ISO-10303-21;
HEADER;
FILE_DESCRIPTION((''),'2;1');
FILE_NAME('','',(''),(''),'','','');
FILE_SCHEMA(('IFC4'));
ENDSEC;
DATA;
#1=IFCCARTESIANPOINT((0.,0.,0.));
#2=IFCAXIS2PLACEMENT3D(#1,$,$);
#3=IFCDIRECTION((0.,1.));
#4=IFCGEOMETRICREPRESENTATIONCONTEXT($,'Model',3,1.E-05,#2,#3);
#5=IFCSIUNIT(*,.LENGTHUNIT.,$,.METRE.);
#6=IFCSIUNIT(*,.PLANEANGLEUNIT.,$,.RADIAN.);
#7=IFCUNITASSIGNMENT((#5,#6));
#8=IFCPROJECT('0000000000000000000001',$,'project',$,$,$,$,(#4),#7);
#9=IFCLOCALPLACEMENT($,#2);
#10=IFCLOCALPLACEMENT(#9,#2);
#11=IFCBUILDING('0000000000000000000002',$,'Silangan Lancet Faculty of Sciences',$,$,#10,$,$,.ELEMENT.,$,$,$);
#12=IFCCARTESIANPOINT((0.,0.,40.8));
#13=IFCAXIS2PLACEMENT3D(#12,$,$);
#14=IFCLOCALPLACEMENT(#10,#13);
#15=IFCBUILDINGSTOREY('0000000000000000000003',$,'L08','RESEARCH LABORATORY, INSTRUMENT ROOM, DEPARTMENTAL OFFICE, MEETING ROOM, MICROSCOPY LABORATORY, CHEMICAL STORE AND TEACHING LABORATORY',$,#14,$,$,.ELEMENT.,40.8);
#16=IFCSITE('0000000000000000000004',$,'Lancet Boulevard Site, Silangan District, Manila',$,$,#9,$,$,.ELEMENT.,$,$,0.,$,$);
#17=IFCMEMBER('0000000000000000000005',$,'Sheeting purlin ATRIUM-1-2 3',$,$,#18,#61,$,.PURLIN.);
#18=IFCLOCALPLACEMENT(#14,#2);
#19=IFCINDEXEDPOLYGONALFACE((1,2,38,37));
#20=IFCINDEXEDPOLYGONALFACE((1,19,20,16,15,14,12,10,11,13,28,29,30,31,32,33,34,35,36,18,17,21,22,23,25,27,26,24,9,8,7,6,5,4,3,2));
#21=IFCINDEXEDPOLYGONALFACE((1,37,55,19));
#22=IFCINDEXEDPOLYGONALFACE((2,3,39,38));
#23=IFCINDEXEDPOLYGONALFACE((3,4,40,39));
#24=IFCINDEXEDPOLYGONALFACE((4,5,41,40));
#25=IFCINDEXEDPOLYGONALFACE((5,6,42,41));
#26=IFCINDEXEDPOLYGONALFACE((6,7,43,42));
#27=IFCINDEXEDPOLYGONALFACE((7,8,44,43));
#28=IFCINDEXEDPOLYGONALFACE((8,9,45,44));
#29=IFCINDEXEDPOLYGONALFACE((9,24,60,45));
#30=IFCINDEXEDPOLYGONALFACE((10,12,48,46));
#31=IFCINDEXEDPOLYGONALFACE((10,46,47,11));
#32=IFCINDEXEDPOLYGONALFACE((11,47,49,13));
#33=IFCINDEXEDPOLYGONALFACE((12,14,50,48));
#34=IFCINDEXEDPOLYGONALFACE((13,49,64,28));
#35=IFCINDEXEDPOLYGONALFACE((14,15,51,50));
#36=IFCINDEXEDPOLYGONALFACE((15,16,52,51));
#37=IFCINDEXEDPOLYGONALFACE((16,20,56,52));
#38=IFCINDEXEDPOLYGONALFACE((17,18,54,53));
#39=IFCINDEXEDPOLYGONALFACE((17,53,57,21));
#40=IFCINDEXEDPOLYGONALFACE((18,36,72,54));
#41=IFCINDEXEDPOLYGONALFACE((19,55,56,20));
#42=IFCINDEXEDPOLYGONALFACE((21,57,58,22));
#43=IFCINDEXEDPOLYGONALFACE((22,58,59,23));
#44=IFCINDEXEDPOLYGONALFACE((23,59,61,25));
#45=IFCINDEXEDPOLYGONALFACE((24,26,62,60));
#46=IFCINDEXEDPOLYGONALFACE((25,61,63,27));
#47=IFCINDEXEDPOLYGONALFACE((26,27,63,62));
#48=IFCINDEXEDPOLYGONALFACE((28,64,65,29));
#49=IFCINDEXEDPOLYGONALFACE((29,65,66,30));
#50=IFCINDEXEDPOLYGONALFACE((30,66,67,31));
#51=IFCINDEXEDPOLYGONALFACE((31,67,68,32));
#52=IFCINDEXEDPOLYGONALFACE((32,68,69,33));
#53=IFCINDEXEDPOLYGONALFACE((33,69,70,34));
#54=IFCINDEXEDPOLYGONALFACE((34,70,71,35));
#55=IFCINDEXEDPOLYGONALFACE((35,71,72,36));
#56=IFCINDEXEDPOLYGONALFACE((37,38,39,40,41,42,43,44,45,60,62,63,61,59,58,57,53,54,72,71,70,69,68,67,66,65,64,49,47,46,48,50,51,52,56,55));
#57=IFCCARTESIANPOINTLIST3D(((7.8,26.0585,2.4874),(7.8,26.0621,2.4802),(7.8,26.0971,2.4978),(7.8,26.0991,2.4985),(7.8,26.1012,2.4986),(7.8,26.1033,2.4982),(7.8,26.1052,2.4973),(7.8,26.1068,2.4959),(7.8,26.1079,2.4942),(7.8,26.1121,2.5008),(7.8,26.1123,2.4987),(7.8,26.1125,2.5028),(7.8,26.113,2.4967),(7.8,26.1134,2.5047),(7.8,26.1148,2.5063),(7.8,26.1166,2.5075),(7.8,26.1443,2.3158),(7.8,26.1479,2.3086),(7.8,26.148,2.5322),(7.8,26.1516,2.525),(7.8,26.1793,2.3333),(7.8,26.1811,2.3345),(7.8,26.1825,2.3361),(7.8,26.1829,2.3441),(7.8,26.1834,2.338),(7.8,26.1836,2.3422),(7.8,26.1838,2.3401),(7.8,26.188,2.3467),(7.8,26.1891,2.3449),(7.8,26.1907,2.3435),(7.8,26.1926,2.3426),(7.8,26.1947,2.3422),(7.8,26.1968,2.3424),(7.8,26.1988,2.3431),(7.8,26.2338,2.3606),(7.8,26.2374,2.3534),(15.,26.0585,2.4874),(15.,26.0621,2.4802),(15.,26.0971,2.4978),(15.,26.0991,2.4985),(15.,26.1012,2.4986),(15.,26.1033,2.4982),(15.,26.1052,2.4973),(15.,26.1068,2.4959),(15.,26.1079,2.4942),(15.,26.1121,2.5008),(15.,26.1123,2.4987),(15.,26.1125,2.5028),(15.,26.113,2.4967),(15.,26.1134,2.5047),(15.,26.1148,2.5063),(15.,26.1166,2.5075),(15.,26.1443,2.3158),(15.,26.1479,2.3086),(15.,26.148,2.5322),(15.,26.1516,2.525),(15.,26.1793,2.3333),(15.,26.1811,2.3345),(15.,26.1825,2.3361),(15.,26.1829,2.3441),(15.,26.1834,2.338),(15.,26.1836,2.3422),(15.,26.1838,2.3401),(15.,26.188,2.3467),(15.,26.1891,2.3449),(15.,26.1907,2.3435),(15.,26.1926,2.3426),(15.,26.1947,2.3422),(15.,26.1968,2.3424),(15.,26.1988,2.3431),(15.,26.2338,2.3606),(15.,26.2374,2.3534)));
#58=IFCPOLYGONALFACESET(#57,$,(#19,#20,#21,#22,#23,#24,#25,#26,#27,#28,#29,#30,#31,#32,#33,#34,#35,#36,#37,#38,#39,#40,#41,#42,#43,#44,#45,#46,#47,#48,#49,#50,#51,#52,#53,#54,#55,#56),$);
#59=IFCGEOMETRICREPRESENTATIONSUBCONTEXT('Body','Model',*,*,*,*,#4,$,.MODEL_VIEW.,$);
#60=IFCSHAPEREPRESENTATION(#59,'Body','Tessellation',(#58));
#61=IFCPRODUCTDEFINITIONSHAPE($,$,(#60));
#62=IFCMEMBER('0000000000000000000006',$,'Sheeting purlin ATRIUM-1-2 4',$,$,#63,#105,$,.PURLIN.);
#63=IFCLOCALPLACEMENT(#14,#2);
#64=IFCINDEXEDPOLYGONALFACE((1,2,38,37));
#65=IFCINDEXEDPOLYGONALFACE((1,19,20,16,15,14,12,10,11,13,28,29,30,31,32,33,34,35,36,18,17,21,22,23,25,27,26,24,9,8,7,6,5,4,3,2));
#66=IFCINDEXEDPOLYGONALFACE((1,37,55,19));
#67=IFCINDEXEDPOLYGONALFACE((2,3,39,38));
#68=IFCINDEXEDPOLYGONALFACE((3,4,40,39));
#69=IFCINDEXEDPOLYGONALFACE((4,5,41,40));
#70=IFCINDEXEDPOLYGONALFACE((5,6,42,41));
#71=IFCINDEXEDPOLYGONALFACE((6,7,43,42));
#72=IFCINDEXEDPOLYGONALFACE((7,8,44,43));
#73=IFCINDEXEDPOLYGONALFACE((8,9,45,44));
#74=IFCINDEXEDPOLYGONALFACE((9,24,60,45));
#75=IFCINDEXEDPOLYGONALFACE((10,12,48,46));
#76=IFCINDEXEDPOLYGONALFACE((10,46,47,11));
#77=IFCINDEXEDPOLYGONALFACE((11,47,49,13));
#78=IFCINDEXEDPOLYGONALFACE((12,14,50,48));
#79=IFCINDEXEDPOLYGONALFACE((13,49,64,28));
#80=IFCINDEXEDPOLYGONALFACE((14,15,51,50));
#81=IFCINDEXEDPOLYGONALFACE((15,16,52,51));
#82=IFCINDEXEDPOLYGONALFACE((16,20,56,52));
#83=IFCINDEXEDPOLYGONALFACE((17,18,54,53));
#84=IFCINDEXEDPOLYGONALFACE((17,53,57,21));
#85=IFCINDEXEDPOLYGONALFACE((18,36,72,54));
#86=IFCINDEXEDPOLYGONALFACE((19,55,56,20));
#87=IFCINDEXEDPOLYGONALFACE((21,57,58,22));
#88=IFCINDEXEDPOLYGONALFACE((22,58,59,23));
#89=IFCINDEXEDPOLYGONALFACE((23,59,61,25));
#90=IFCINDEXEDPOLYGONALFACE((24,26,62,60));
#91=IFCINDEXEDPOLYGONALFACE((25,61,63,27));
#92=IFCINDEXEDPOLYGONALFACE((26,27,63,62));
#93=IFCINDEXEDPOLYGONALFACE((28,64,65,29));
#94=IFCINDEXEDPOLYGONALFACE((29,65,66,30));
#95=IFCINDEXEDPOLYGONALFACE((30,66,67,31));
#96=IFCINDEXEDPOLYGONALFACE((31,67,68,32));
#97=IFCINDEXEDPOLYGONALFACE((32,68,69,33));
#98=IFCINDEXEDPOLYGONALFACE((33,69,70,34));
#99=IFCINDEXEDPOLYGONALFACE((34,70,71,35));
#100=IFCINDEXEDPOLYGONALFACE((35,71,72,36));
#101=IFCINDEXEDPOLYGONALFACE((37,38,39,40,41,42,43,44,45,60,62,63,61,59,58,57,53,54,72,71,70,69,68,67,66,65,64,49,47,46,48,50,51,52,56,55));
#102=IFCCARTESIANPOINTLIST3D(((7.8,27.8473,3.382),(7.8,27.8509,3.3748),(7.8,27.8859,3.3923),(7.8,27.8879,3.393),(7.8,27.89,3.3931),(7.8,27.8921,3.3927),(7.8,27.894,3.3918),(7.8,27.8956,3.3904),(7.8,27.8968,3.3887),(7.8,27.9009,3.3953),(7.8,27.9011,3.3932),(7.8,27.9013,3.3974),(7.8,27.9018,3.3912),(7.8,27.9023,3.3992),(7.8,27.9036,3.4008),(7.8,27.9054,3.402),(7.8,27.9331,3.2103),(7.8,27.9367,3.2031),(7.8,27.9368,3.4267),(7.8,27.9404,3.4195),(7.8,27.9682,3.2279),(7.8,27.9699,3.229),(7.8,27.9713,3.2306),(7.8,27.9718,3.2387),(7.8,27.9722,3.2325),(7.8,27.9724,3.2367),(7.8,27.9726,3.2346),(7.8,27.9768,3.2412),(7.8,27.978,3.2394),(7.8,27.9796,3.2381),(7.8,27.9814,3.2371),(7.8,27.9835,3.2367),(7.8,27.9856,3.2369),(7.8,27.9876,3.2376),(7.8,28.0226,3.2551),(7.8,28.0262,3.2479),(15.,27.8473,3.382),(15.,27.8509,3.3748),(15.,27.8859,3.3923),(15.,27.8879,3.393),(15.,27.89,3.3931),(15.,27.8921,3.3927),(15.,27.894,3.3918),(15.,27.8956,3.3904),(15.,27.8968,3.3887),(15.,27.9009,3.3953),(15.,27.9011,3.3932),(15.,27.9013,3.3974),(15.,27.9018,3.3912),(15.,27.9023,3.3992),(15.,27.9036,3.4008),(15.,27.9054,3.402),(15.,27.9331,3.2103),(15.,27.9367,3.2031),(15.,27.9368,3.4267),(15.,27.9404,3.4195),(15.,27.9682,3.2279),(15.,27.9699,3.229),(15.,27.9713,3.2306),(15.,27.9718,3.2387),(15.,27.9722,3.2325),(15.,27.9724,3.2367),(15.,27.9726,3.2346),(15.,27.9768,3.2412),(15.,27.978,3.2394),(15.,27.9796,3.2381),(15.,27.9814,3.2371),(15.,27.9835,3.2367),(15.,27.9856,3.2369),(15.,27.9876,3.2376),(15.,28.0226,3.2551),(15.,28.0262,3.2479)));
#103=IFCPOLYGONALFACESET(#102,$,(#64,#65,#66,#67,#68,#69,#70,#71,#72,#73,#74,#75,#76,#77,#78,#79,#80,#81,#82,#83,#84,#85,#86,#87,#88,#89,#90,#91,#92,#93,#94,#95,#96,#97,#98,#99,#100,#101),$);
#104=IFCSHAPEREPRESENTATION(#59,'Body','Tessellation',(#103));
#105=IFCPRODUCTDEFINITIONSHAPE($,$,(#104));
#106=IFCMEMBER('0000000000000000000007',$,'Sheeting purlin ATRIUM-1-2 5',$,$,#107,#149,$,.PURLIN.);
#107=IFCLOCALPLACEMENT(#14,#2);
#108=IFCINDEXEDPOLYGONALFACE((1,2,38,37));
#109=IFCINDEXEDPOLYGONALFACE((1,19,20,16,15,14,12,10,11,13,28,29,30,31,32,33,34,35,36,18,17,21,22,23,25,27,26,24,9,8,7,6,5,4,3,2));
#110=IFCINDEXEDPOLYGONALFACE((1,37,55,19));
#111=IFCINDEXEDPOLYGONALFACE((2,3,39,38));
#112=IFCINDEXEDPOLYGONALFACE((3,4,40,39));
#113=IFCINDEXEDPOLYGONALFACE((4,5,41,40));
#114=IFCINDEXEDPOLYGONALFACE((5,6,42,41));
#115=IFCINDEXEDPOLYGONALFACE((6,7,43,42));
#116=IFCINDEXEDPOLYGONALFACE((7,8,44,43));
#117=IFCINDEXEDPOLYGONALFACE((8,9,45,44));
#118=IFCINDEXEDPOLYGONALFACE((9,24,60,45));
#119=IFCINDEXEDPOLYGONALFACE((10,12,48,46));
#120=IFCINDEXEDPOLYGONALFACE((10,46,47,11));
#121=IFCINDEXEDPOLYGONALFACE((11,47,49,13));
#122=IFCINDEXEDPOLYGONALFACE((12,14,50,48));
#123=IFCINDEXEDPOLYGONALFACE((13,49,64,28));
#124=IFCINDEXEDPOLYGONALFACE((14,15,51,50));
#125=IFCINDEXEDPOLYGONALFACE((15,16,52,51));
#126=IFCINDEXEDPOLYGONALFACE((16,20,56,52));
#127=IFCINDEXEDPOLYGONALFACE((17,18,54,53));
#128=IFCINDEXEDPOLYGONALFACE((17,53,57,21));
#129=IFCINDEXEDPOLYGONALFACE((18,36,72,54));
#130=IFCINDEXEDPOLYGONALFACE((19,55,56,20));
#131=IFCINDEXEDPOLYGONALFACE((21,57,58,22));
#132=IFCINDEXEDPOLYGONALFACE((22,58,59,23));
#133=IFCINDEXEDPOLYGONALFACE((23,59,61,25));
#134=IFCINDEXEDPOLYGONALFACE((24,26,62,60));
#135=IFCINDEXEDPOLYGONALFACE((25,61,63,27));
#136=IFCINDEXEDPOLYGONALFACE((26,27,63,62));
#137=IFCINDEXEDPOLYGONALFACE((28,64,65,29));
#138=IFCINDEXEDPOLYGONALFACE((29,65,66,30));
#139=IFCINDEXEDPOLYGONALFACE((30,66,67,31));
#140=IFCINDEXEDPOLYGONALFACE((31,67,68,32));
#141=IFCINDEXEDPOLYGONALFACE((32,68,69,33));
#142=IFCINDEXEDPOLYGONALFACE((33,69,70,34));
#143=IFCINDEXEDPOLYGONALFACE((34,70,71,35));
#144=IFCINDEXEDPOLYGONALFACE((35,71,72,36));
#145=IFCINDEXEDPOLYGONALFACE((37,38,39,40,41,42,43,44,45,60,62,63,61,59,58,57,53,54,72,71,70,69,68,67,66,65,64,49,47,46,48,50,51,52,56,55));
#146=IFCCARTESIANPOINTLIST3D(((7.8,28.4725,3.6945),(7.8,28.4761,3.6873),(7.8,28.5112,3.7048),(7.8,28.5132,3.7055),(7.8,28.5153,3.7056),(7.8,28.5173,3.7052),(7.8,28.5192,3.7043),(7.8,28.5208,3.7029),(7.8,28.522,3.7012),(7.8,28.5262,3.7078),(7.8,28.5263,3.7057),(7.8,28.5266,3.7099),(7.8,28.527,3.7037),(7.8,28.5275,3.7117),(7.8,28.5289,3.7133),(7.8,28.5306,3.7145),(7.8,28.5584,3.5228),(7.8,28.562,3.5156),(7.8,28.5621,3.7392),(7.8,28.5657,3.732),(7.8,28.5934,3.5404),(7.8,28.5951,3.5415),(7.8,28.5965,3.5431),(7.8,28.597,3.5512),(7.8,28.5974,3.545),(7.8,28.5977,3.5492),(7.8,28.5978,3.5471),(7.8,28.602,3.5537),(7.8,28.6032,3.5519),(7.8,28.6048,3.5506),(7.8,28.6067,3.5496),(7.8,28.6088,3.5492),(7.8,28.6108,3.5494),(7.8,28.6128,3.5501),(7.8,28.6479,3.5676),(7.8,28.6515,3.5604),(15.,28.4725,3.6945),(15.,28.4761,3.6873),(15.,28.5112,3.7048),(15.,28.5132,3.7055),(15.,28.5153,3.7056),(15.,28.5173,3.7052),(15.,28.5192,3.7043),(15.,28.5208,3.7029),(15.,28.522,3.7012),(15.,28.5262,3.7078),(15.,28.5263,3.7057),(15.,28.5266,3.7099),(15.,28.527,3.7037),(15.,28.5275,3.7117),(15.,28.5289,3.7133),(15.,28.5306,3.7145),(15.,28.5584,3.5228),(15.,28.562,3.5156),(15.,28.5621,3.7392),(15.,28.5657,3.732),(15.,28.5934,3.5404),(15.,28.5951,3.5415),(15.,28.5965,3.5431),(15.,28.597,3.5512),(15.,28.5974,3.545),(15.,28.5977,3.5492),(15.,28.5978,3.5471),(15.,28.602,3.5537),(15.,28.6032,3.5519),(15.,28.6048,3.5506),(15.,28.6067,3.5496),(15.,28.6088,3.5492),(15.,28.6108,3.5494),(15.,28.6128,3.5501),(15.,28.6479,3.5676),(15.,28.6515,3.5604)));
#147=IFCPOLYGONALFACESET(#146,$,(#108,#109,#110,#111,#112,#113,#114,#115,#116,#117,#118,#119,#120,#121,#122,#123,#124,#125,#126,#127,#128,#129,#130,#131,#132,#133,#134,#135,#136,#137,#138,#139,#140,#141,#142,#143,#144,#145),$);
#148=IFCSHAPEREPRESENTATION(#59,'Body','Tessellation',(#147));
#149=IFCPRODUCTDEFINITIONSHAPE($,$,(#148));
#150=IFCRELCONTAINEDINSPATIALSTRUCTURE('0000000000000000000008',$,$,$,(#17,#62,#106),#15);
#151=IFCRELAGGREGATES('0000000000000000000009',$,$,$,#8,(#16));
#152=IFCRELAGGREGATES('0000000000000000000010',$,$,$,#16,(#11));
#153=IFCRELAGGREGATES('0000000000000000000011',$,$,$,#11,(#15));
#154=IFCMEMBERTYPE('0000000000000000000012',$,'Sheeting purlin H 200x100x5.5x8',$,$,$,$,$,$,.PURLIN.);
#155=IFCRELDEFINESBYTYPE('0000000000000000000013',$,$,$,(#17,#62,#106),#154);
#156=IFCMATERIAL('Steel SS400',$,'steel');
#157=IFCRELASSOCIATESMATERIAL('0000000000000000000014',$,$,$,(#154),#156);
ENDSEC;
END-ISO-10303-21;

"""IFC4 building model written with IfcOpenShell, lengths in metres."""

from ifc_helpers import new_model, si_unit, direction, frame, origin, origin_2d, place, context, subcontext, project, spatial, i_section, extrude, material, material_profile, profile_set, type_object, element, save


model = new_model("IFC4")

# Units and contexts
model_context = context("Model", 3, precision=1e-05, world=origin(), true_north=direction((0.0, 1.0)))
body_context = subcontext(model_context, "Body", "Model", "MODEL_VIEW")
ifc_project = project(units=[si_unit("LENGTHUNIT", "METRE"), si_unit("PLANEANGLEUNIT", "RADIAN")], contexts=[model_context])

# Site, building, storey
site_placement = place(None, origin())
site = spatial("IfcSite", under=ifc_project, at=site_placement, Name="Lancet Boulevard Site, Silangan District, Manila", CompositionType="ELEMENT", RefElevation=0.0)
building_placement = place(site_placement, origin())
building = spatial("IfcBuilding", under=site, at=building_placement, Name="Silangan Lancet Faculty of Sciences", CompositionType="ELEMENT")
storey_placement = place(building_placement, frame((0.0, 0.0, 40.8)))
storey = spatial("IfcBuildingStorey", under=building, at=storey_placement, Name="L08", Description="RESEARCH LABORATORY, INSTRUMENT ROOM, DEPARTMENTAL OFFICE, MEETING ROOM, MICROSCOPY LABORATORY, CHEMICAL STORE AND TEACHING LABORATORY", CompositionType="ELEMENT", Elevation=40.8)

# Members
ifc_material_1 = material(Name="Steel SS400", Category="steel")
ifc_material_profile_1 = material_profile(ifc_material_1, i_section(OverallWidth=0.1001, OverallDepth=0.2, WebThickness=0.0056, FlangeThickness=0.0081, FilletRadius=0.0081, at=origin_2d()), Name="H 200x100x5.5x8")
ifc_profile_set_1 = profile_set([ifc_material_profile_1], Name="Steel SS400")
member_type_1 = type_object("IfcMemberType", Name="Sheeting purlin H 200x100x5.5x8", PredefinedType="PURLIN", material=ifc_profile_set_1)
for number, where, z_axis, x_axis, name in (
    (1, (7.8, 26.1479, 2.4204), (1.0, 0.0, 0.0), (0.0, 0.894427, 0.447214), "Sheeting purlin ATRIUM-1-2 3"),
    (2, (7.8, 27.9368, 3.3149), (1.0, 0.0, 0.0), (0.0, 0.894427, 0.447214), "Sheeting purlin ATRIUM-1-2 4"),
    (3, (7.8, 28.562, 3.6274), (1.0, 0.0, 0.0), (0.0, 0.894427, 0.447214), "Sheeting purlin ATRIUM-1-2 5"),
):
    element("IfcMember", number, at=place(storey_placement, frame(where, z_axis=z_axis, x_axis=x_axis)), inside=storey, type_object=member_type_1, Name=name, PredefinedType="PURLIN", context=body_context, shape_type="SweptSolid", body=[
        extrude(i_section(OverallWidth=0.1001, OverallDepth=0.2, WebThickness=0.0056, FlangeThickness=0.0081, FilletRadius=0.0081, at=origin_2d()), origin(), (0.0, 0.0, 1.0), 7.2),
    ])

save(model, "model.ifc")
